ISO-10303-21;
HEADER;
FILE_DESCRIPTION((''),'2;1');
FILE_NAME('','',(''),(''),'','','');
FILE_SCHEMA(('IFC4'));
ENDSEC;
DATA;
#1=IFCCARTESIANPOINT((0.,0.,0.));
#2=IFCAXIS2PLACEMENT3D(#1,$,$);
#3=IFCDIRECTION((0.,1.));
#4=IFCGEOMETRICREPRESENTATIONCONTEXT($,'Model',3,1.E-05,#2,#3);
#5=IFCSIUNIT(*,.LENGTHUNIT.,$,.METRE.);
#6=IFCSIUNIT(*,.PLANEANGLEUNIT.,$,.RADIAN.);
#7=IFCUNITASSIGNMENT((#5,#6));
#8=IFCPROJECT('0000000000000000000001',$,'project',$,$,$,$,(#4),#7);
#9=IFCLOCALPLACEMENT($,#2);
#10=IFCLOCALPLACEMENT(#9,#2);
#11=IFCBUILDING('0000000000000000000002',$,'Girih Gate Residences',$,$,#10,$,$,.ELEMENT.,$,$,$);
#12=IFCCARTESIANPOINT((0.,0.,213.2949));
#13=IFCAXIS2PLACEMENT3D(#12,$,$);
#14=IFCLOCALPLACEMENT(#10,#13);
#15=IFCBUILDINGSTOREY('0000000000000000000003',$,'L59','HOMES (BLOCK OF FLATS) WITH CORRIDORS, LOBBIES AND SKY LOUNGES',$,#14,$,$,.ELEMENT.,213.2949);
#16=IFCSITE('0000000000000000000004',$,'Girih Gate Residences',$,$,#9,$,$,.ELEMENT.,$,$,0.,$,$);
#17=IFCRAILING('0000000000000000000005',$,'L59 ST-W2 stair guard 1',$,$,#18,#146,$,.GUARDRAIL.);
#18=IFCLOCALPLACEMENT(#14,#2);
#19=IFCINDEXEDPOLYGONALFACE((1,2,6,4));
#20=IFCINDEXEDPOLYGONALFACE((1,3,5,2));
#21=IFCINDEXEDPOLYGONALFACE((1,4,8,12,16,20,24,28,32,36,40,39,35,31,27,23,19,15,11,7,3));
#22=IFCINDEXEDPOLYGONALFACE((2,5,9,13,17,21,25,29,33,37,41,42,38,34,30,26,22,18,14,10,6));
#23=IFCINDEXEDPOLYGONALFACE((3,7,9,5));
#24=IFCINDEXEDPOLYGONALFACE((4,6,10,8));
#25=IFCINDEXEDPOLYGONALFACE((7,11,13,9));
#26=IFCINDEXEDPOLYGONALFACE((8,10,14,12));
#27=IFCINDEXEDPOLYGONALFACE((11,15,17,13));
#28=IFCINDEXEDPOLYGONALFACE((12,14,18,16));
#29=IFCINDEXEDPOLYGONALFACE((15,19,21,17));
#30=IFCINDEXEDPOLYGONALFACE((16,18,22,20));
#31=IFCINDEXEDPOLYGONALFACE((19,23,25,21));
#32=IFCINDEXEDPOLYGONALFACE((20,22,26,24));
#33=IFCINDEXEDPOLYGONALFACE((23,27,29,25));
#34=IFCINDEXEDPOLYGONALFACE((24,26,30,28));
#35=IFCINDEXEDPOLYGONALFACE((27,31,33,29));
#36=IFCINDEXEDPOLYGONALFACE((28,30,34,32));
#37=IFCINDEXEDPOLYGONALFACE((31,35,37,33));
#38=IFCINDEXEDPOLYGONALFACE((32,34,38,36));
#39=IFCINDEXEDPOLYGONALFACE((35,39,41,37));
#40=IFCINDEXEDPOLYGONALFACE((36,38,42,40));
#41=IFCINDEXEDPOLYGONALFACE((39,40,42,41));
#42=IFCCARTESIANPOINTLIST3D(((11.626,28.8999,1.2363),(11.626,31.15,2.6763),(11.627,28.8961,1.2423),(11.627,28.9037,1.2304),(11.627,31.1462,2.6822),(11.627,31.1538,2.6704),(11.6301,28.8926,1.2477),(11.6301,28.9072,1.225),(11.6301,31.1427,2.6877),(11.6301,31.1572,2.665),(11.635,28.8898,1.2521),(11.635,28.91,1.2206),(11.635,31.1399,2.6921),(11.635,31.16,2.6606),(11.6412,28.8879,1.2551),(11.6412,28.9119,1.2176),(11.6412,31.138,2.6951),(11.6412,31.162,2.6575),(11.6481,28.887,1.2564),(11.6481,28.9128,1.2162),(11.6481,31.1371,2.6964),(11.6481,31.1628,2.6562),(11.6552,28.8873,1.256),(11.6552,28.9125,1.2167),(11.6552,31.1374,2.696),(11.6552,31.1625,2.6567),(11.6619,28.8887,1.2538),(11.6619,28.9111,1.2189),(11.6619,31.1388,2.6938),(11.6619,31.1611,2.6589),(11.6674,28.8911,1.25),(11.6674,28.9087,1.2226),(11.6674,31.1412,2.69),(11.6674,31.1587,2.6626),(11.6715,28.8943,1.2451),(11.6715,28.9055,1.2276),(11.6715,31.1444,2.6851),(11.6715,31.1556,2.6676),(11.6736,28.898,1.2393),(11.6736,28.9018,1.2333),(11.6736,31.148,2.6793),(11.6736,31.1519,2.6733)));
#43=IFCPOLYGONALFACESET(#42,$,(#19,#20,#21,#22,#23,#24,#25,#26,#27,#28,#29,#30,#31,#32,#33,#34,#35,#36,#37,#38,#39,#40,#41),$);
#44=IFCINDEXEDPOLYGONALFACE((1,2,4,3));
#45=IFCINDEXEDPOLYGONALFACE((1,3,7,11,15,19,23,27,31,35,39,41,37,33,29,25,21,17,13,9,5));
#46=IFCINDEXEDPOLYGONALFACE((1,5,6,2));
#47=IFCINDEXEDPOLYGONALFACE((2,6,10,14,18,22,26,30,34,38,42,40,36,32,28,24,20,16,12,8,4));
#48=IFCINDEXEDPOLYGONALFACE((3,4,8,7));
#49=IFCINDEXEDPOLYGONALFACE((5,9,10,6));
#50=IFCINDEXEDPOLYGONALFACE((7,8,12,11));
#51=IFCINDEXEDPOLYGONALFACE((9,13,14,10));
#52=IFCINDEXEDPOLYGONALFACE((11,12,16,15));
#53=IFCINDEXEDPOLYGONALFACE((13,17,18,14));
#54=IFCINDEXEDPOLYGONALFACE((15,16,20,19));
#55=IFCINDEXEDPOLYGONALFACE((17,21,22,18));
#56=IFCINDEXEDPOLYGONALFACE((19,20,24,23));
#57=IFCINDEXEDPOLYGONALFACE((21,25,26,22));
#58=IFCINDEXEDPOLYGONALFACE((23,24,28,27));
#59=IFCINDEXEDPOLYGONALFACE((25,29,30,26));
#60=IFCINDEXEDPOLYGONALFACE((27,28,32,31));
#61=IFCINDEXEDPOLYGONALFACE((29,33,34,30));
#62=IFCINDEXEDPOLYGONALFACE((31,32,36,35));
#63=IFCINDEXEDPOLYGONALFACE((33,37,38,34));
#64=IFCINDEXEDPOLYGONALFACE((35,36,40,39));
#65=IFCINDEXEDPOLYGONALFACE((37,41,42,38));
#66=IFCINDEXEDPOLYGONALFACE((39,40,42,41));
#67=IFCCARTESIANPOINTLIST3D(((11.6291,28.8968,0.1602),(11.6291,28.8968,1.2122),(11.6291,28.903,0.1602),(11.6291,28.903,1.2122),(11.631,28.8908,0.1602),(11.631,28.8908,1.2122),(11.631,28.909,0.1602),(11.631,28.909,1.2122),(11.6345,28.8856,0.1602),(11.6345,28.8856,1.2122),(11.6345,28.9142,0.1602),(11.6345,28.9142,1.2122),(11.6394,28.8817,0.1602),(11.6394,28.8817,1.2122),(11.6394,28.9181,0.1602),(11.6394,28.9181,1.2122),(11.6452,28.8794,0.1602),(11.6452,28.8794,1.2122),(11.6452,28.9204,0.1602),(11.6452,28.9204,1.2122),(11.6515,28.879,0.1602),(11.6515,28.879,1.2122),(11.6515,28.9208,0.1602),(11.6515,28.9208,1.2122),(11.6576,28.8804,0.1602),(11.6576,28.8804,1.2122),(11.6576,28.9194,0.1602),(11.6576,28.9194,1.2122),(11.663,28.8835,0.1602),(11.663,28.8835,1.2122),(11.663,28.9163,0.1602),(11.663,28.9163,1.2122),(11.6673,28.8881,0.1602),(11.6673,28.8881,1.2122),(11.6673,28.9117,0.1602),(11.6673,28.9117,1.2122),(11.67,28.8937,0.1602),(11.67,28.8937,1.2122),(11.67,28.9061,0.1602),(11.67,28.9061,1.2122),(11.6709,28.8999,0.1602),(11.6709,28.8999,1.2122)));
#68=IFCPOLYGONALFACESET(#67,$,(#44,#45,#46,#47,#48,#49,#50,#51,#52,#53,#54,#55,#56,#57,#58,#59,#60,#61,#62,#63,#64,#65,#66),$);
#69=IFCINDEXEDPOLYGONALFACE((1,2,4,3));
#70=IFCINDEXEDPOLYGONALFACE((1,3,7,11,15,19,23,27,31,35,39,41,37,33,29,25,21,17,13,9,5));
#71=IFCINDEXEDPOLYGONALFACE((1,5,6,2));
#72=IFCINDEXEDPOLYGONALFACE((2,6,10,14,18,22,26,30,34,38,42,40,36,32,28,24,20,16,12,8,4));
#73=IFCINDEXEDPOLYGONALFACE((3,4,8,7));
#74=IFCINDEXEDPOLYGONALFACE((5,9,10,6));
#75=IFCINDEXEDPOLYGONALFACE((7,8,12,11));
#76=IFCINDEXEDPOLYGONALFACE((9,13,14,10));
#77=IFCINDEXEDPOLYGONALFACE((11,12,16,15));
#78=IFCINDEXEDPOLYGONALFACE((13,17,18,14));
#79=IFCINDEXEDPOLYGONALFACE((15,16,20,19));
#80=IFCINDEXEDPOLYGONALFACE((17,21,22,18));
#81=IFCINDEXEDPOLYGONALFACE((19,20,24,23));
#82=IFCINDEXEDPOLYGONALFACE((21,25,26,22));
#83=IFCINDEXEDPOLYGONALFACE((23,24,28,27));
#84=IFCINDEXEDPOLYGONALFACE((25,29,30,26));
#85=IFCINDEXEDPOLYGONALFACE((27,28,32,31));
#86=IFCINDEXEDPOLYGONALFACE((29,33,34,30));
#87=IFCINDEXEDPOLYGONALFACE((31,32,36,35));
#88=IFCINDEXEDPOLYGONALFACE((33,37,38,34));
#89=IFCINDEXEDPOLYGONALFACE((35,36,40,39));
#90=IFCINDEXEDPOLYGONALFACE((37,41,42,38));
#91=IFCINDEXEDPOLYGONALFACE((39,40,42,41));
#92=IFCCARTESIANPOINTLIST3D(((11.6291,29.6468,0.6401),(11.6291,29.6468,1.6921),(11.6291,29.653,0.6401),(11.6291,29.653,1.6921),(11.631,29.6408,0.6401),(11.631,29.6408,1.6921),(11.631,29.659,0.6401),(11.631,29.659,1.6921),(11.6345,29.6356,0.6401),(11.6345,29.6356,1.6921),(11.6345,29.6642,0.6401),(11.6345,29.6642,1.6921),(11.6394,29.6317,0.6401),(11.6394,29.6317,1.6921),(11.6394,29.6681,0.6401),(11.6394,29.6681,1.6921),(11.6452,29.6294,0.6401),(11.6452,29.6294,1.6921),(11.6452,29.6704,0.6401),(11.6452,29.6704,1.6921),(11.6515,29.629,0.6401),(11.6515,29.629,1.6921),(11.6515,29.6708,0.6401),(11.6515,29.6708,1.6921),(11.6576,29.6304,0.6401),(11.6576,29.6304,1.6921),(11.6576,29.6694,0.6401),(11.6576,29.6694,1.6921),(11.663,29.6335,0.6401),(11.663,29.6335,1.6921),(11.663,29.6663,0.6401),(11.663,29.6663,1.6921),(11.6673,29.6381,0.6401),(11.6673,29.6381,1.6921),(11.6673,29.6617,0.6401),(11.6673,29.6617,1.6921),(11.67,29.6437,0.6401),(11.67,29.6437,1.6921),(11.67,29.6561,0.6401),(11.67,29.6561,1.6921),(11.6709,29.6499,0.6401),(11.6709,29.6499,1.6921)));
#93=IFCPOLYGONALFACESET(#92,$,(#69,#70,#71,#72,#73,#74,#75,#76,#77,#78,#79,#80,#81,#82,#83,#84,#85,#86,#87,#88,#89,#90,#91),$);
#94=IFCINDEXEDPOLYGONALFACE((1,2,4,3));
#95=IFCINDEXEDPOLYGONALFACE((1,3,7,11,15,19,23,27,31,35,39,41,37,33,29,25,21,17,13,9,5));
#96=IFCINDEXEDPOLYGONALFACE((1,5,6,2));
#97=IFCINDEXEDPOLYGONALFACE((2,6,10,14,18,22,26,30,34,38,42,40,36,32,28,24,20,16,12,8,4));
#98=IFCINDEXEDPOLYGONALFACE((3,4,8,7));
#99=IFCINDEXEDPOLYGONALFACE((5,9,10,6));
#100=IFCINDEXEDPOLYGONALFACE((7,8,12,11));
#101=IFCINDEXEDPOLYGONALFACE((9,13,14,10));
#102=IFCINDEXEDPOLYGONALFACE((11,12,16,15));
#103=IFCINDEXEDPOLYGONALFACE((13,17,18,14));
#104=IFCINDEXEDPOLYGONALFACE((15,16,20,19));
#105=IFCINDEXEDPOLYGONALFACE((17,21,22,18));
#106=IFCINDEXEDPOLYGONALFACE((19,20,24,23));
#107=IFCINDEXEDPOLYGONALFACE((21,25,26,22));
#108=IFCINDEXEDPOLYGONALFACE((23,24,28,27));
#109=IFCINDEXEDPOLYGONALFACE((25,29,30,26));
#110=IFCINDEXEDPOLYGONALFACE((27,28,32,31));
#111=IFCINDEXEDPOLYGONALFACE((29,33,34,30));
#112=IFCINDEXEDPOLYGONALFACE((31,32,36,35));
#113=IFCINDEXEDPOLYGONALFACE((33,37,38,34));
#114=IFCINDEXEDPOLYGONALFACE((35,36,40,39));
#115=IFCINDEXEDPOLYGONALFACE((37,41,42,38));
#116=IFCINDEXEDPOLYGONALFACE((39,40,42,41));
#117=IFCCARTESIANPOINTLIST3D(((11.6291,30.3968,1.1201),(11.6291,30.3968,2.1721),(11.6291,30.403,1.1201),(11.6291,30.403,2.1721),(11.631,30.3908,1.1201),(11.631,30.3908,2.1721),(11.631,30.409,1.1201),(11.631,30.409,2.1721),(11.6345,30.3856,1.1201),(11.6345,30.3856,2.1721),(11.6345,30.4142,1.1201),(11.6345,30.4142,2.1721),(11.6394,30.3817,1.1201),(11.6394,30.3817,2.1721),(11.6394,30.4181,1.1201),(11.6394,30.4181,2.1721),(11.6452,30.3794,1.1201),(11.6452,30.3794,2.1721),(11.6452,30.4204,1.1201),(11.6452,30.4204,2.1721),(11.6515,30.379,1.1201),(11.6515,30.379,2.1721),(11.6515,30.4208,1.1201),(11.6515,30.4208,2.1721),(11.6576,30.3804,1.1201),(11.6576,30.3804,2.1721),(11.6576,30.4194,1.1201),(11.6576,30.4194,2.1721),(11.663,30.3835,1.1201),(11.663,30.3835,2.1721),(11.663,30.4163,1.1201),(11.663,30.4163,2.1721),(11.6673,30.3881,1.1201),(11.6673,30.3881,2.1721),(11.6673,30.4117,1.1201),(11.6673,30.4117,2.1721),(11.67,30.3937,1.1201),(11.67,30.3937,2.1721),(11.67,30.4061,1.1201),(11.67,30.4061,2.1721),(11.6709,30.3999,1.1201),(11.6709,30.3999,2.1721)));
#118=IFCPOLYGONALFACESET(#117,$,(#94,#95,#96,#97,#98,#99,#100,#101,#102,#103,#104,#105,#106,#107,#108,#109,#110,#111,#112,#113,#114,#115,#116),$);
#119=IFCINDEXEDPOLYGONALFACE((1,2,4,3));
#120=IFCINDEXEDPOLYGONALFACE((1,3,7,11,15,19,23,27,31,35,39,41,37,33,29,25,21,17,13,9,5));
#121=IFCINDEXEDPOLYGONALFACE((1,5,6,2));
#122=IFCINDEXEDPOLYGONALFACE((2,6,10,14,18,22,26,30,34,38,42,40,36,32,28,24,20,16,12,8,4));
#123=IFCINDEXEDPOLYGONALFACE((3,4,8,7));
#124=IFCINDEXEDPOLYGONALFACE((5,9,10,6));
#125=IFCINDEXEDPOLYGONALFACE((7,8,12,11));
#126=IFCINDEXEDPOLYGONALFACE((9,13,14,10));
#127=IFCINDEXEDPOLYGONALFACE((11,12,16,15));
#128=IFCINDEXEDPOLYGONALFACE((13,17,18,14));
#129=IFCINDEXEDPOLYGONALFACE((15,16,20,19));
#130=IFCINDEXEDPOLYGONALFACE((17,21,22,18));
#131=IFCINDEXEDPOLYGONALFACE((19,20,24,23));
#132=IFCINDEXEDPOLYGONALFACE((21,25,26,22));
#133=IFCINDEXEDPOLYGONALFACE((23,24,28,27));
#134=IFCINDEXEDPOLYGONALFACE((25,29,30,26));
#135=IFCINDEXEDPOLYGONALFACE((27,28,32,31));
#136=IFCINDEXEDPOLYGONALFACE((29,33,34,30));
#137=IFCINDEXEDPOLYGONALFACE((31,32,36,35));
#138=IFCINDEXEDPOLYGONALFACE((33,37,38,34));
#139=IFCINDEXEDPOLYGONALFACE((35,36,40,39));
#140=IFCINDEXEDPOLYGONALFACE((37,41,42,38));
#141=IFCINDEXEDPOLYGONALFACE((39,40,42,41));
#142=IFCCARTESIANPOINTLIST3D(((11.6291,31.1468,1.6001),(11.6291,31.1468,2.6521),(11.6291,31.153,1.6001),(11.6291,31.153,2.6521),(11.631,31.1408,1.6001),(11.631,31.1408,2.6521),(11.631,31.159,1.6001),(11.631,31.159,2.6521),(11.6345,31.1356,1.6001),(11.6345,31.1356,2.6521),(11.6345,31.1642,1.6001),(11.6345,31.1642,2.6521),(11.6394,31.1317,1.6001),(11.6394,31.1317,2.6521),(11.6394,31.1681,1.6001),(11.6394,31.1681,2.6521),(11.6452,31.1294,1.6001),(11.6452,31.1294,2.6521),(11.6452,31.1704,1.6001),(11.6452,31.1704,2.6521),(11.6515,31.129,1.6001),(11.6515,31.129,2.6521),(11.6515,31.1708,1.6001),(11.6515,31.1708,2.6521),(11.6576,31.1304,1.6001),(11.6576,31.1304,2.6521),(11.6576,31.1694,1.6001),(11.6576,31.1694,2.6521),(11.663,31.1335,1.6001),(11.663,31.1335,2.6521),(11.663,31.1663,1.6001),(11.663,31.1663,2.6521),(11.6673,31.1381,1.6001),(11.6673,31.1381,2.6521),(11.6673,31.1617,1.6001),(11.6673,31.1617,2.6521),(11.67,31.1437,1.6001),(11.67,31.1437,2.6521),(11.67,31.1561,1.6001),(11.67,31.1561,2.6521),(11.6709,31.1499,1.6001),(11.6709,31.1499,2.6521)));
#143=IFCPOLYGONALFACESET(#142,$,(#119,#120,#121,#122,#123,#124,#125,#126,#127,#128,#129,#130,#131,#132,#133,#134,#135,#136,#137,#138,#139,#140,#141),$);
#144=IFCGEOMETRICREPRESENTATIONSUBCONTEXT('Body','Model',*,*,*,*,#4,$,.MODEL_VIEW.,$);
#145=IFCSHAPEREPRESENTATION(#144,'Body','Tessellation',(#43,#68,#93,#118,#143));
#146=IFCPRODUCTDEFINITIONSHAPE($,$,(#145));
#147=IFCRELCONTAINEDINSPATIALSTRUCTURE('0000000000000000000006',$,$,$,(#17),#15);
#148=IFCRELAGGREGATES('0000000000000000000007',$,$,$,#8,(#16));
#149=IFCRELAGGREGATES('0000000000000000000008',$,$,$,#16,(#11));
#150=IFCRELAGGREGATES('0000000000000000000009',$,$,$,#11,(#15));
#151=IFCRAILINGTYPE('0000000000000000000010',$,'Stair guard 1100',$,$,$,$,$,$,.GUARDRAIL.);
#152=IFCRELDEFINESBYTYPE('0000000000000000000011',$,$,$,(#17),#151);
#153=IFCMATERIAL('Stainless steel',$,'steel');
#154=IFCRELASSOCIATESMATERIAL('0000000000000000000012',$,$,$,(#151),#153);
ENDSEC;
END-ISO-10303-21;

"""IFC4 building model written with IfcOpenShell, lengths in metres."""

from ifc_helpers import new_model, si_unit, direction, frame, origin, origin_2d, place, context, subcontext, project, spatial, circle, extrude, material, type_object, element, save


model = new_model("IFC4")

# Units and contexts
model_context = context("Model", 3, precision=1e-05, world=origin(), true_north=direction((0.0, 1.0)))
body_context = subcontext(model_context, "Body", "Model", "MODEL_VIEW")
ifc_project = project(units=[si_unit("LENGTHUNIT", "METRE"), si_unit("PLANEANGLEUNIT", "RADIAN")], contexts=[model_context])

# Site, building, storey
site_placement = place(None, origin())
site = spatial("IfcSite", under=ifc_project, at=site_placement, Name="Girih Gate Residences", CompositionType="ELEMENT", RefElevation=0.0)
building_placement = place(site_placement, origin())
building = spatial("IfcBuilding", under=site, at=building_placement, Name="Girih Gate Residences", CompositionType="ELEMENT")
storey_placement = place(building_placement, frame((0.0, 0.0, 213.2949)))
storey = spatial("IfcBuildingStorey", under=building, at=storey_placement, Name="L59", Description="HOMES (BLOCK OF FLATS) WITH CORRIDORS, LOBBIES AND SKY LOUNGES", CompositionType="ELEMENT", Elevation=213.2949)

# Railing
ifc_material_1 = material(Name="Stainless steel", Category="steel")
railing_type_1 = type_object("IfcRailingType", Name="Stair guard 1100", PredefinedType="GUARDRAIL", material=ifc_material_1)
railing_1_placement = place(storey_placement, frame((11.6499, 28.8999, 0.1602)))
element("IfcRailing", 1, at=railing_1_placement, inside=storey, type_object=railing_type_1, Name="L59 ST-W2 stair guard 1", PredefinedType="GUARDRAIL", context=body_context, shape_type="SweptSolid", body=[
    extrude(circle(Radius=0.0239, at=origin_2d()), frame((0.0, 0.0, 1.0762), z_axis=(0.0, 0.842281, 0.539038), x_axis=(-1.0, 0.0, 0.0)), (0.0, 0.0, 1.0), 2.6714),
    extrude(circle(Radius=0.021, at=origin_2d()), origin(), (0.0, 0.0, 1.0), 1.052),
    extrude(circle(Radius=0.021, at=origin_2d()), frame((0.0, 0.75, 0.48)), (0.0, 0.0, 1.0), 1.052),
    extrude(circle(Radius=0.021, at=origin_2d()), frame((0.0, 1.5, 0.96)), (0.0, 0.0, 1.0), 1.052),
    extrude(circle(Radius=0.021, at=origin_2d()), frame((0.0, 2.25, 1.4399)), (0.0, 0.0, 1.0), 1.052),
])

save(model, "model.ifc")
